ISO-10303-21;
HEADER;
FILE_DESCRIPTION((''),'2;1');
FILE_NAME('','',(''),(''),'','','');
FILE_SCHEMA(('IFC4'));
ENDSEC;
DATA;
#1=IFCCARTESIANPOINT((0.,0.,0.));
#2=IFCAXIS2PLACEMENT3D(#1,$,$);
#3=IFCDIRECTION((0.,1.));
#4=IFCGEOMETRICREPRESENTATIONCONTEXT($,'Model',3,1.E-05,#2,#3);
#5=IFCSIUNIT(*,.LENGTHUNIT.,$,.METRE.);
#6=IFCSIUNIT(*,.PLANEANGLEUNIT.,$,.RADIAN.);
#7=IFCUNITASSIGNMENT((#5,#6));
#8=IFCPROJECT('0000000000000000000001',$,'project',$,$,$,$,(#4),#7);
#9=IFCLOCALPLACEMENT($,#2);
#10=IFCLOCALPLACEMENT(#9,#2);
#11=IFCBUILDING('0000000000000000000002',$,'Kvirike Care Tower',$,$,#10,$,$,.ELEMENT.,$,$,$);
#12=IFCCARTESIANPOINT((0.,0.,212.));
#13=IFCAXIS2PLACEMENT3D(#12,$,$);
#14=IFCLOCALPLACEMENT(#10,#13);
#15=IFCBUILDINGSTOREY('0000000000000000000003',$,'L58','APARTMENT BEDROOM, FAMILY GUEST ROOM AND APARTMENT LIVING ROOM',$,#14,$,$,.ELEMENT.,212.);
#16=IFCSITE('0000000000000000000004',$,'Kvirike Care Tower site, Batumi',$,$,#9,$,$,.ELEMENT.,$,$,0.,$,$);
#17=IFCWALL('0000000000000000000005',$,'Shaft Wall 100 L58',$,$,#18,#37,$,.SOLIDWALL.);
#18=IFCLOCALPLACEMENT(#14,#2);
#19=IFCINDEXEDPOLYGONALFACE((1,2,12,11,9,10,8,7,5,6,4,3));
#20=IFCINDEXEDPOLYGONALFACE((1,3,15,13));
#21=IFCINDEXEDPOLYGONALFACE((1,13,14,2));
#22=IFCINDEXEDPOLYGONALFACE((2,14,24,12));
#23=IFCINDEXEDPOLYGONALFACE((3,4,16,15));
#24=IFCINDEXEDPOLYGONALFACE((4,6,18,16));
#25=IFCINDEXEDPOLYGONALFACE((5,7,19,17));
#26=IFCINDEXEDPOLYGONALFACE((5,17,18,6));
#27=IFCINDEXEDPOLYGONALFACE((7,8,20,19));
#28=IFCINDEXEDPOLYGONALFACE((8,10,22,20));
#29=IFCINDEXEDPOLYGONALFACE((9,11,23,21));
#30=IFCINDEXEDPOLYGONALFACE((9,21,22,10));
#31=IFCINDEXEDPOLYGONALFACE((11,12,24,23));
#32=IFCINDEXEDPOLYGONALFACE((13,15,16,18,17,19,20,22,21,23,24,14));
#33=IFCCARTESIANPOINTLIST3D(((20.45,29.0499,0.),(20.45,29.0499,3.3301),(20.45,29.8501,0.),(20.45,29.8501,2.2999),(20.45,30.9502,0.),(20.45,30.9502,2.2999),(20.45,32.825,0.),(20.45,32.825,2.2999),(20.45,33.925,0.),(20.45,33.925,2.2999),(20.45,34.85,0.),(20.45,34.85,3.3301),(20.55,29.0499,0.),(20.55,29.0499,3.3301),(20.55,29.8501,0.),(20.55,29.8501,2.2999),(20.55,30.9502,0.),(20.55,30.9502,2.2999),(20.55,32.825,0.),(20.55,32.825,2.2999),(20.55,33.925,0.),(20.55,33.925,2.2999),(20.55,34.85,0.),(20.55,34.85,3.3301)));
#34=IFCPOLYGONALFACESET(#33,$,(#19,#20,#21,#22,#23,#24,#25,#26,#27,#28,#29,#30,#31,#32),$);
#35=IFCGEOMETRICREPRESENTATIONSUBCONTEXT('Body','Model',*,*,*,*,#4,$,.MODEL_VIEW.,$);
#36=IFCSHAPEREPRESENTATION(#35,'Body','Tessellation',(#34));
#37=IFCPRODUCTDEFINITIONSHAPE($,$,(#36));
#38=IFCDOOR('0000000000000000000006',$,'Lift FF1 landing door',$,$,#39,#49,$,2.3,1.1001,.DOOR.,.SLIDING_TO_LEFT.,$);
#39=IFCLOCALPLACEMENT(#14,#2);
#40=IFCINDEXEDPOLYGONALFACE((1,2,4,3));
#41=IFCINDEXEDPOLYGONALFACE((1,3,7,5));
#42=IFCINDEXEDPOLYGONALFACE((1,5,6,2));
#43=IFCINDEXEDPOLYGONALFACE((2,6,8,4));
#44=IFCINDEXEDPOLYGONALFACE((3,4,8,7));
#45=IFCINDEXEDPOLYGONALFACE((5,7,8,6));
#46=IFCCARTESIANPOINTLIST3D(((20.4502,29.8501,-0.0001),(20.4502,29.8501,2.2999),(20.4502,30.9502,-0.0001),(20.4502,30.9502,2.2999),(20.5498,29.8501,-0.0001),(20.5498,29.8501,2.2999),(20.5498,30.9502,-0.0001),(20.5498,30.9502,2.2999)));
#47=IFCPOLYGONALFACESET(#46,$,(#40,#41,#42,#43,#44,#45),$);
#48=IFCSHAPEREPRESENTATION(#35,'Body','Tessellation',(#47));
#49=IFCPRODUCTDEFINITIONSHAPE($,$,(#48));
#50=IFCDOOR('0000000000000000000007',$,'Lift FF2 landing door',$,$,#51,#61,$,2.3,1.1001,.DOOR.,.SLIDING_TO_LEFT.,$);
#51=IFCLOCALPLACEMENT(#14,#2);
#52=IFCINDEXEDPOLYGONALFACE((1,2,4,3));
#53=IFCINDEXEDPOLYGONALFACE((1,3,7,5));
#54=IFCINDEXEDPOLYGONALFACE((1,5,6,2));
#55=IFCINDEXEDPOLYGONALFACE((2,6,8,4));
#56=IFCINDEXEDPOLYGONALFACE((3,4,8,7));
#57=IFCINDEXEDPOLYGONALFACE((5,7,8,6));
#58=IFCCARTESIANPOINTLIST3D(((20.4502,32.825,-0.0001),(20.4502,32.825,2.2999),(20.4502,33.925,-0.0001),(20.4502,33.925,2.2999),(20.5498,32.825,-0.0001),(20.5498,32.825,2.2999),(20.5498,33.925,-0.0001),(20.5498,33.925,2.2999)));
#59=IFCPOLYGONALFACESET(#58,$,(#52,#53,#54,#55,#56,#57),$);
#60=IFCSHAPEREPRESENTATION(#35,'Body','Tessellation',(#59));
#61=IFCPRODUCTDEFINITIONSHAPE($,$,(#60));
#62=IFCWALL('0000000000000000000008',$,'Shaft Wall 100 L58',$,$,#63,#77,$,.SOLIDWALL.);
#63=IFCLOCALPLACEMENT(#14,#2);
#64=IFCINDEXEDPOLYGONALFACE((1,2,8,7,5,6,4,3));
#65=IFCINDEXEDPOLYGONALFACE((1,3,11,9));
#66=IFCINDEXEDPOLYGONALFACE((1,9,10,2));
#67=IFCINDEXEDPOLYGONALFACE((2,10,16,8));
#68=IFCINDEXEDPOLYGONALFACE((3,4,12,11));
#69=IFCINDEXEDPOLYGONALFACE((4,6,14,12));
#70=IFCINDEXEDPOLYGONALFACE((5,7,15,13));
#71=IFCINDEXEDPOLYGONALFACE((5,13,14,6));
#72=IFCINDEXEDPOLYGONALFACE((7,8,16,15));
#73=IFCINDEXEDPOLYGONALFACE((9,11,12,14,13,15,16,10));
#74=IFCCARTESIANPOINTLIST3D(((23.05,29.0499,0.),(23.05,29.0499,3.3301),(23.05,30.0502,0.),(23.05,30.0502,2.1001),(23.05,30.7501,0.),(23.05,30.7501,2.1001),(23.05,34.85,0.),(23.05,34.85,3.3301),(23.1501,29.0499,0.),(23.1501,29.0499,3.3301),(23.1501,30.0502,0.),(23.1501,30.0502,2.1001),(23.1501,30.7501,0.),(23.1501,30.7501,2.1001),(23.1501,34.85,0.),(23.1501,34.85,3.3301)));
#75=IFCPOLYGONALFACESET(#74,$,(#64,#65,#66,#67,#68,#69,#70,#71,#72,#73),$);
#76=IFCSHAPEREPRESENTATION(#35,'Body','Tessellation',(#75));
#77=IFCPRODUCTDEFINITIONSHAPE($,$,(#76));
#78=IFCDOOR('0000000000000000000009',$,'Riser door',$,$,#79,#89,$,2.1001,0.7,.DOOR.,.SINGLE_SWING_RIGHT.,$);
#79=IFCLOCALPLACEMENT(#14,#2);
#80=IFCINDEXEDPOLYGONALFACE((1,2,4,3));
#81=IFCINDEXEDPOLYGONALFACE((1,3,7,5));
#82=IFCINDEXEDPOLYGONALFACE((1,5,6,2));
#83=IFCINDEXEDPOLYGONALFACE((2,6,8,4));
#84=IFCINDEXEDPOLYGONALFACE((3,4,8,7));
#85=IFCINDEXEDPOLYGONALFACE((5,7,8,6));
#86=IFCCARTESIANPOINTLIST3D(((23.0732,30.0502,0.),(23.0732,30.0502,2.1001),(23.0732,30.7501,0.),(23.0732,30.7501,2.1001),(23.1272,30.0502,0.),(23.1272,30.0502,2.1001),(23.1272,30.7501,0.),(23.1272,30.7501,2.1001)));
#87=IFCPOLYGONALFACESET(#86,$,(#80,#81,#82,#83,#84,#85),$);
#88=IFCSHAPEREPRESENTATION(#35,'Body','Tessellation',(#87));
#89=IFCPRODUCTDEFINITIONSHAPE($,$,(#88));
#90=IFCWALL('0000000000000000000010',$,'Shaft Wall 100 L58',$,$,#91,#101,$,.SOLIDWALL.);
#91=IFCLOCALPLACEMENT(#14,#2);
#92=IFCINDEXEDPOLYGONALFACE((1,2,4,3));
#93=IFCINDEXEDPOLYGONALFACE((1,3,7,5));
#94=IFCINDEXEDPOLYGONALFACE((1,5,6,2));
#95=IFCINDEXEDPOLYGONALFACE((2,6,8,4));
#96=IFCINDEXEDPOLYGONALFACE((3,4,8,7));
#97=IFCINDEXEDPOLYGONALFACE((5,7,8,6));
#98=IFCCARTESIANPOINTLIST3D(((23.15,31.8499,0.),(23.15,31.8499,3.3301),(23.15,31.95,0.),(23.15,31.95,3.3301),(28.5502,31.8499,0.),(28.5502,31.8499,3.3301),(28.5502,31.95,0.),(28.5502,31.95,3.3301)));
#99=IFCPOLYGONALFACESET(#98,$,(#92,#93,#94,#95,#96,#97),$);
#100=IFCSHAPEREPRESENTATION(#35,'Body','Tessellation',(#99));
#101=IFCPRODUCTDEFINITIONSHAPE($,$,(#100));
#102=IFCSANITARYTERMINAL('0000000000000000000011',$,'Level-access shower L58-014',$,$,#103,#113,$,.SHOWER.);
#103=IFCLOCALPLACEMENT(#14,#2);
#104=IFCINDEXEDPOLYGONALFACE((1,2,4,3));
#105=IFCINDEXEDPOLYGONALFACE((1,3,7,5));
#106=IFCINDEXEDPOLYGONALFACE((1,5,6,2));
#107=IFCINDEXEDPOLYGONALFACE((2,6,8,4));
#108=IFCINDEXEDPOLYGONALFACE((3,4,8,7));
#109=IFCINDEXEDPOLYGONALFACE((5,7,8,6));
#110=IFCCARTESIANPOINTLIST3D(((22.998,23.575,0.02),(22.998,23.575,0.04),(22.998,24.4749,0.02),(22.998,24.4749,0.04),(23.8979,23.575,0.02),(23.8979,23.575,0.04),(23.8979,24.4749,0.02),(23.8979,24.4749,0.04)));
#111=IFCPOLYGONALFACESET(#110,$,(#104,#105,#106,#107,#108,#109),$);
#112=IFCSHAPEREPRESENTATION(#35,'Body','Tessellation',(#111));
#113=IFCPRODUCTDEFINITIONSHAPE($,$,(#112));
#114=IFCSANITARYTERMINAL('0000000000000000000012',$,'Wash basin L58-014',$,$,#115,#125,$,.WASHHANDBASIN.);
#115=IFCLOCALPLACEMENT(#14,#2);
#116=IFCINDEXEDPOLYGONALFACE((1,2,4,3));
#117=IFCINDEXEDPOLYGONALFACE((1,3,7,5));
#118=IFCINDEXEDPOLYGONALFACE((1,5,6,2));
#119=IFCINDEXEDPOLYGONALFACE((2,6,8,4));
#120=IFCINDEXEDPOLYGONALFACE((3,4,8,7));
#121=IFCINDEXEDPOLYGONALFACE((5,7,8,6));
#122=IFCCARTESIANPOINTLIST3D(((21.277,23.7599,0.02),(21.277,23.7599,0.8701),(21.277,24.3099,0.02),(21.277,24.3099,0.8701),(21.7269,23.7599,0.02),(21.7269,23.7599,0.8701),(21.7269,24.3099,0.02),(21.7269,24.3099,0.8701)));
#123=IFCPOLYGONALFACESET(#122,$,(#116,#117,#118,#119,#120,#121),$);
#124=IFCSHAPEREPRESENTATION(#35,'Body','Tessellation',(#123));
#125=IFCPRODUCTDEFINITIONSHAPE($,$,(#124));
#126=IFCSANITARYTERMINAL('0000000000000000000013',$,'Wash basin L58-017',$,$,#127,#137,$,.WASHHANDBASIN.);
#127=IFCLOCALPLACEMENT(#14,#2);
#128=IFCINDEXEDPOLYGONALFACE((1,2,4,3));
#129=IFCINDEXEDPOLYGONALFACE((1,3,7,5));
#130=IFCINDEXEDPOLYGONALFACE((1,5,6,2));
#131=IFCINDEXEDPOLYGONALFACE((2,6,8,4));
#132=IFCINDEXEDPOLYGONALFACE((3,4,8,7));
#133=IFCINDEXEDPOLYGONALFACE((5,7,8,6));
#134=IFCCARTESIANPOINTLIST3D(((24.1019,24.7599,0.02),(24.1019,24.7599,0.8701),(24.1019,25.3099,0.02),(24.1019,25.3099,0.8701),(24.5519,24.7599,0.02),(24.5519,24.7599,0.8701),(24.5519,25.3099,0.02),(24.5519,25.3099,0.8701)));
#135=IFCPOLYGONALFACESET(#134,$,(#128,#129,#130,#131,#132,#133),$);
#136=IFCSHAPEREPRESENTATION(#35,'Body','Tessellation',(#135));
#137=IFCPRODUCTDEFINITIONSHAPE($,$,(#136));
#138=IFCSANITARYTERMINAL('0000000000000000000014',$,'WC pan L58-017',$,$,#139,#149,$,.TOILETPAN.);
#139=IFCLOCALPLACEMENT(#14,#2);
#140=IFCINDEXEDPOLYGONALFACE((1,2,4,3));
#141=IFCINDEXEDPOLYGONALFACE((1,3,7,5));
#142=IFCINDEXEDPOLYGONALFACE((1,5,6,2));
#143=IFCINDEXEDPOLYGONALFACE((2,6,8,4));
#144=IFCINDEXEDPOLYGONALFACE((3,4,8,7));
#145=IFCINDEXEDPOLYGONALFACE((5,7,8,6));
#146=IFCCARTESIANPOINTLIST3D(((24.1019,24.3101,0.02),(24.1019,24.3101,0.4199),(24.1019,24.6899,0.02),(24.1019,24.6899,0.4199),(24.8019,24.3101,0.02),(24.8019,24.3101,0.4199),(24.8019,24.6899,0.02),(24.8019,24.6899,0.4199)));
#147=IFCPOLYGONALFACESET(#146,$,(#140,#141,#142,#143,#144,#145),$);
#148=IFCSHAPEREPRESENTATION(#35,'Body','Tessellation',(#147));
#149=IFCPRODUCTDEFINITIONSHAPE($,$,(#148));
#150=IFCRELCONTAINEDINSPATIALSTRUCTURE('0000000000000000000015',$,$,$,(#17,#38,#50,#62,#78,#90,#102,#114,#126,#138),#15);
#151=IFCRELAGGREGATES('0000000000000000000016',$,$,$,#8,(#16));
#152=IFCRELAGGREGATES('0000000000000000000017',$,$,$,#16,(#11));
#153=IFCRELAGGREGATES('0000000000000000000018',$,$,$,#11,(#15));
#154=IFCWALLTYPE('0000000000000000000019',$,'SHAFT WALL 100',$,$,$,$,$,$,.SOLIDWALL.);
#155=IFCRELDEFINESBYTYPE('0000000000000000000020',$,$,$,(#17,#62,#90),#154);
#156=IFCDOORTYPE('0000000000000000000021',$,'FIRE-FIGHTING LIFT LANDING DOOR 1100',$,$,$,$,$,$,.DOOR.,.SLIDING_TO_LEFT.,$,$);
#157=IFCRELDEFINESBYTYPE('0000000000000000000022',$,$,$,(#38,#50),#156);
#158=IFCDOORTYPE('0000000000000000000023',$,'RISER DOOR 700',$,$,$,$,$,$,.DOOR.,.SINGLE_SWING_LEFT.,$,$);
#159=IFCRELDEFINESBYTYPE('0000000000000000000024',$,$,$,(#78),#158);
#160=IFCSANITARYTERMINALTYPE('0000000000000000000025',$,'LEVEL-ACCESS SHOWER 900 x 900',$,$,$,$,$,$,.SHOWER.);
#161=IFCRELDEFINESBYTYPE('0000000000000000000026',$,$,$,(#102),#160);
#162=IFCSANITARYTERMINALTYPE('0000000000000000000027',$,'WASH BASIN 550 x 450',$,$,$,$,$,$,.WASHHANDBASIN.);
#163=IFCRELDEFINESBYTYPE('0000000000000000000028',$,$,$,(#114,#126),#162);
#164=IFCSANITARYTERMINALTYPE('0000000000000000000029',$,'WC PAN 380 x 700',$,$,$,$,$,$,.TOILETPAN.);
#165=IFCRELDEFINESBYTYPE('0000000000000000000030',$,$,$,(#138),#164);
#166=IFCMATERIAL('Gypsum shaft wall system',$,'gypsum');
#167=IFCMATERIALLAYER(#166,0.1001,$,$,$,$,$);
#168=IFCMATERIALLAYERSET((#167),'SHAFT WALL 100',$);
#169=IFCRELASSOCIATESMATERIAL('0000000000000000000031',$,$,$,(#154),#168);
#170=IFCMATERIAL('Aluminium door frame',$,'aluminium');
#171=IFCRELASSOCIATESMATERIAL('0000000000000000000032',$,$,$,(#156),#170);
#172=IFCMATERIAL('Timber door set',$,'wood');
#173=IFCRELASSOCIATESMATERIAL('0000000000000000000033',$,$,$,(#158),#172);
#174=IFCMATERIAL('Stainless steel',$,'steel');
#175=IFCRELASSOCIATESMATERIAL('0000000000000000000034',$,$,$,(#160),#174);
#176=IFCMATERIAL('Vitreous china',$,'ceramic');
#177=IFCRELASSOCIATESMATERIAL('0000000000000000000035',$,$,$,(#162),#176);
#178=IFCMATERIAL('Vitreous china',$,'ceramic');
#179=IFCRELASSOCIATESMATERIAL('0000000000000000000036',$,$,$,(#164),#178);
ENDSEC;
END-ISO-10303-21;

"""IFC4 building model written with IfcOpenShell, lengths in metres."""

from ifc_helpers import new_model, si_unit, direction, frame, frame_2d, origin, origin_2d, place, context, subcontext, project, spatial, rectangle, extrude, material, layer, layer_set, type_object, element, fill, save


model = new_model("IFC4")

# Units and contexts
model_context = context("Model", 3, precision=1e-05, world=origin(), true_north=direction((0.0, 1.0)))
body_context = subcontext(model_context, "Body", "Model", "MODEL_VIEW")
ifc_project = project(units=[si_unit("LENGTHUNIT", "METRE"), si_unit("PLANEANGLEUNIT", "RADIAN")], contexts=[model_context])

# Site, building, storey
site_placement = place(None, origin())
site = spatial("IfcSite", under=ifc_project, at=site_placement, Name="Kvirike Care Tower site, Batumi", CompositionType="ELEMENT", RefElevation=0.0)
building_placement = place(site_placement, origin())
building = spatial("IfcBuilding", under=site, at=building_placement, Name="Kvirike Care Tower", CompositionType="ELEMENT")
storey_placement = place(building_placement, frame((0.0, 0.0, 212.0)))
storey = spatial("IfcBuildingStorey", under=building, at=storey_placement, Name="L58", Description="APARTMENT BEDROOM, FAMILY GUEST ROOM AND APARTMENT LIVING ROOM", CompositionType="ELEMENT", Elevation=212.0)

# Wall, openings, doors
ifc_material_1 = material(Name="Gypsum shaft wall system", Category="gypsum")
ifc_layer_1 = layer(ifc_material_1, 0.1001)
ifc_layer_set_1 = layer_set([ifc_layer_1], Name="SHAFT WALL 100")
wall_type_1 = type_object("IfcWallType", Name="SHAFT WALL 100", PredefinedType="SOLIDWALL", material=ifc_layer_set_1)
wall_1_placement = place(storey_placement, frame((20.5, 29.05, 0.0), z_axis=(0.0, 0.0, 1.0), x_axis=(0.0, 1.0, 0.0)))
wall_1 = element("IfcWall", 1, at=wall_1_placement, inside=storey, type_object=wall_type_1, Name="Shaft Wall 100 L58", PredefinedType="SOLIDWALL", context=body_context, shape_type="SweptSolid", body=[
    extrude(rectangle(XDim=5.8, YDim=0.1001, at=frame_2d((2.8999, 0.0))), origin(), (0.0, 0.0, 1.0), 3.3301),
])
opening_1_placement = place(wall_1_placement, frame((0.8, 0.0, 0.0)))
opening_1 = element("IfcOpeningElement", 2, at=opening_1_placement, cuts=wall_1, PredefinedType="OPENING", context=body_context, shape_type="SweptSolid", body=[
    extrude(rectangle(XDim=1.1001, YDim=2.3, at=frame_2d((0.55, 1.1499))), frame((0.0, 0.0605, 0.0), z_axis=(0.0, -1.0, 0.0), x_axis=(1.0, 0.0, 0.0)), (0.0, 0.0, 1.0), 0.1211),
])
opening_2_placement = place(wall_1_placement, frame((3.7749, 0.0, 0.0)))
opening_2 = element("IfcOpeningElement", 3, at=opening_2_placement, cuts=wall_1, PredefinedType="OPENING", context=body_context, shape_type="SweptSolid", body=[
    extrude(rectangle(XDim=1.1001, YDim=2.3, at=frame_2d((0.55, 1.1499))), frame((0.0, 0.0605, 0.0), z_axis=(0.0, -1.0, 0.0), x_axis=(1.0, 0.0, 0.0)), (0.0, 0.0, 1.0), 0.1211),
])
ifc_material_2 = material(Name="Aluminium door frame", Category="aluminium")
door_type_1 = type_object("IfcDoorType", Name="FIRE-FIGHTING LIFT LANDING DOOR 1100", OperationType="SLIDING_TO_LEFT", PredefinedType="DOOR", material=ifc_material_2)
door_1_placement = place(opening_1_placement, origin())
door_1 = element("IfcDoor", 4, at=door_1_placement, inside=storey, type_object=door_type_1, Name="Lift FF1 landing door", OperationType="SLIDING_TO_LEFT", OverallHeight=2.3, OverallWidth=1.1001, PredefinedType="DOOR", context=body_context, shape_type="SweptSolid", body=[
    extrude(rectangle(XDim=1.1001, YDim=2.3, at=frame_2d((0.55, 1.1499))), frame((0.0, 0.0498, 0.0), z_axis=(0.0, -1.0, 0.0), x_axis=(1.0, 0.0, 0.0)), (0.0, 0.0, 1.0), 0.0996),
])
fill(opening_1, door_1)
door_2_placement = place(opening_2_placement, origin())
door_2 = element("IfcDoor", 5, at=door_2_placement, inside=storey, type_object=door_type_1, Name="Lift FF2 landing door", OperationType="SLIDING_TO_LEFT", OverallHeight=2.3, OverallWidth=1.1001, PredefinedType="DOOR", context=body_context, shape_type="SweptSolid", body=[
    extrude(rectangle(XDim=1.1001, YDim=2.3, at=frame_2d((0.55, 1.1499))), frame((0.0, 0.0498, 0.0), z_axis=(0.0, -1.0, 0.0), x_axis=(1.0, 0.0, 0.0)), (0.0, 0.0, 1.0), 0.0996),
])
fill(opening_2, door_2)

# Wall, opening, door
wall_2_placement = place(storey_placement, frame((23.1001, 29.05, 0.0), z_axis=(0.0, 0.0, 1.0), x_axis=(0.0, 1.0, 0.0)))
wall_2 = element("IfcWall", 6, at=wall_2_placement, inside=storey, type_object=wall_type_1, Name="Shaft Wall 100 L58", PredefinedType="SOLIDWALL", context=body_context, shape_type="SweptSolid", body=[
    extrude(rectangle(XDim=5.8, YDim=0.1001, at=frame_2d((2.8999, 0.0))), origin(), (0.0, 0.0, 1.0), 3.3301),
])
opening_3_placement = place(wall_2_placement, frame((1.0, 0.0, 0.0)))
opening_3 = element("IfcOpeningElement", 7, at=opening_3_placement, cuts=wall_2, PredefinedType="OPENING", context=body_context, shape_type="SweptSolid", body=[
    extrude(rectangle(XDim=0.7, YDim=2.1001, at=frame_2d((0.3501, 1.05))), frame((0.0, 0.0605, 0.0), z_axis=(0.0, -1.0, 0.0), x_axis=(1.0, 0.0, 0.0)), (0.0, 0.0, 1.0), 0.1211),
])
ifc_material_3 = material(Name="Timber door set", Category="wood")
door_type_2 = type_object("IfcDoorType", Name="RISER DOOR 700", OperationType="SINGLE_SWING_LEFT", PredefinedType="DOOR", material=ifc_material_3)
door_3_placement = place(opening_3_placement, origin())
door_3 = element("IfcDoor", 8, at=door_3_placement, inside=storey, type_object=door_type_2, Name="Riser door", OperationType="SINGLE_SWING_RIGHT", OverallHeight=2.1001, OverallWidth=0.7, PredefinedType="DOOR", context=body_context, shape_type="SweptSolid", body=[
    extrude(rectangle(XDim=0.7, YDim=2.1001, at=frame_2d((0.3501, 1.05))), frame((0.0, 0.0269, 0.0), z_axis=(0.0, -1.0, 0.0), x_axis=(1.0, 0.0, 0.0)), (0.0, 0.0, 1.0), 0.054),
])
fill(opening_3, door_3)

# Wall
wall_3_placement = place(storey_placement, frame((23.1499, 31.8999, 0.0), z_axis=(0.0, 0.0, 1.0), x_axis=(1.0, 0.0, 0.0)))
element("IfcWall", 9, at=wall_3_placement, inside=storey, type_object=wall_type_1, Name="Shaft Wall 100 L58", PredefinedType="SOLIDWALL", context=body_context, shape_type="SweptSolid", body=[
    extrude(rectangle(XDim=5.4001, YDim=0.1001, at=frame_2d((2.7002, 0.0))), origin(), (0.0, 0.0, 1.0), 3.3301),
])

# Sanitary terminals
ifc_material_4 = material(Name="Stainless steel", Category="steel")
sanitary_terminal_type_1 = type_object("IfcSanitaryTerminalType", Name="LEVEL-ACCESS SHOWER 900 x 900", PredefinedType="SHOWER", material=ifc_material_4)
sanitary_terminal_1_placement = place(storey_placement, frame((23.448, 24.0249, 0.02), z_axis=(0.0, 0.0, 1.0), x_axis=(0.0, -1.0, 0.0)))
element("IfcSanitaryTerminal", 10, at=sanitary_terminal_1_placement, inside=storey, type_object=sanitary_terminal_type_1, Name="Level-access shower L58-014", PredefinedType="SHOWER", context=body_context, shape_type="SweptSolid", body=[
    extrude(rectangle(XDim=0.8999, YDim=0.8999, at=origin_2d()), origin(), (0.0, 0.0, 1.0), 0.02),
])
ifc_material_5 = material(Name="Vitreous china", Category="ceramic")
sanitary_terminal_type_2 = type_object("IfcSanitaryTerminalType", Name="WASH BASIN 550 x 450", PredefinedType="WASHHANDBASIN", material=ifc_material_5)
for number, where, z_axis, x_axis, name in (
    (11, (21.502, 24.0349, 0.02), (0.0, 0.0, 1.0), (0.0, 1.0, 0.0), "Wash basin L58-014"),
    (12, (24.3269, 25.0349, 0.02), (0.0, 0.0, 1.0), (0.0, 1.0, 0.0), "Wash basin L58-017"),
):
    element("IfcSanitaryTerminal", number, at=place(storey_placement, frame(where, z_axis=z_axis, x_axis=x_axis)), inside=storey, type_object=sanitary_terminal_type_2, Name=name, PredefinedType="WASHHANDBASIN", context=body_context, shape_type="SweptSolid", body=[
        extrude(rectangle(XDim=0.55, YDim=0.45, at=origin_2d()), origin(), (0.0, 0.0, 1.0), 0.8501),
    ])
ifc_material_6 = material(Name="Vitreous china", Category="ceramic")
sanitary_terminal_type_3 = type_object("IfcSanitaryTerminalType", Name="WC PAN 380 x 700", PredefinedType="TOILETPAN", material=ifc_material_6)
sanitary_terminal_2_placement = place(storey_placement, frame((24.4519, 24.5, 0.02), z_axis=(0.0, 0.0, 1.0), x_axis=(0.0, 1.0, 0.0)))
element("IfcSanitaryTerminal", 13, at=sanitary_terminal_2_placement, inside=storey, type_object=sanitary_terminal_type_3, Name="WC pan L58-017", PredefinedType="TOILETPAN", context=body_context, shape_type="SweptSolid", body=[
    extrude(rectangle(XDim=0.3799, YDim=0.7, at=origin_2d()), origin(), (0.0, 0.0, 1.0), 0.3999),
])

save(model, "model.ifc")
